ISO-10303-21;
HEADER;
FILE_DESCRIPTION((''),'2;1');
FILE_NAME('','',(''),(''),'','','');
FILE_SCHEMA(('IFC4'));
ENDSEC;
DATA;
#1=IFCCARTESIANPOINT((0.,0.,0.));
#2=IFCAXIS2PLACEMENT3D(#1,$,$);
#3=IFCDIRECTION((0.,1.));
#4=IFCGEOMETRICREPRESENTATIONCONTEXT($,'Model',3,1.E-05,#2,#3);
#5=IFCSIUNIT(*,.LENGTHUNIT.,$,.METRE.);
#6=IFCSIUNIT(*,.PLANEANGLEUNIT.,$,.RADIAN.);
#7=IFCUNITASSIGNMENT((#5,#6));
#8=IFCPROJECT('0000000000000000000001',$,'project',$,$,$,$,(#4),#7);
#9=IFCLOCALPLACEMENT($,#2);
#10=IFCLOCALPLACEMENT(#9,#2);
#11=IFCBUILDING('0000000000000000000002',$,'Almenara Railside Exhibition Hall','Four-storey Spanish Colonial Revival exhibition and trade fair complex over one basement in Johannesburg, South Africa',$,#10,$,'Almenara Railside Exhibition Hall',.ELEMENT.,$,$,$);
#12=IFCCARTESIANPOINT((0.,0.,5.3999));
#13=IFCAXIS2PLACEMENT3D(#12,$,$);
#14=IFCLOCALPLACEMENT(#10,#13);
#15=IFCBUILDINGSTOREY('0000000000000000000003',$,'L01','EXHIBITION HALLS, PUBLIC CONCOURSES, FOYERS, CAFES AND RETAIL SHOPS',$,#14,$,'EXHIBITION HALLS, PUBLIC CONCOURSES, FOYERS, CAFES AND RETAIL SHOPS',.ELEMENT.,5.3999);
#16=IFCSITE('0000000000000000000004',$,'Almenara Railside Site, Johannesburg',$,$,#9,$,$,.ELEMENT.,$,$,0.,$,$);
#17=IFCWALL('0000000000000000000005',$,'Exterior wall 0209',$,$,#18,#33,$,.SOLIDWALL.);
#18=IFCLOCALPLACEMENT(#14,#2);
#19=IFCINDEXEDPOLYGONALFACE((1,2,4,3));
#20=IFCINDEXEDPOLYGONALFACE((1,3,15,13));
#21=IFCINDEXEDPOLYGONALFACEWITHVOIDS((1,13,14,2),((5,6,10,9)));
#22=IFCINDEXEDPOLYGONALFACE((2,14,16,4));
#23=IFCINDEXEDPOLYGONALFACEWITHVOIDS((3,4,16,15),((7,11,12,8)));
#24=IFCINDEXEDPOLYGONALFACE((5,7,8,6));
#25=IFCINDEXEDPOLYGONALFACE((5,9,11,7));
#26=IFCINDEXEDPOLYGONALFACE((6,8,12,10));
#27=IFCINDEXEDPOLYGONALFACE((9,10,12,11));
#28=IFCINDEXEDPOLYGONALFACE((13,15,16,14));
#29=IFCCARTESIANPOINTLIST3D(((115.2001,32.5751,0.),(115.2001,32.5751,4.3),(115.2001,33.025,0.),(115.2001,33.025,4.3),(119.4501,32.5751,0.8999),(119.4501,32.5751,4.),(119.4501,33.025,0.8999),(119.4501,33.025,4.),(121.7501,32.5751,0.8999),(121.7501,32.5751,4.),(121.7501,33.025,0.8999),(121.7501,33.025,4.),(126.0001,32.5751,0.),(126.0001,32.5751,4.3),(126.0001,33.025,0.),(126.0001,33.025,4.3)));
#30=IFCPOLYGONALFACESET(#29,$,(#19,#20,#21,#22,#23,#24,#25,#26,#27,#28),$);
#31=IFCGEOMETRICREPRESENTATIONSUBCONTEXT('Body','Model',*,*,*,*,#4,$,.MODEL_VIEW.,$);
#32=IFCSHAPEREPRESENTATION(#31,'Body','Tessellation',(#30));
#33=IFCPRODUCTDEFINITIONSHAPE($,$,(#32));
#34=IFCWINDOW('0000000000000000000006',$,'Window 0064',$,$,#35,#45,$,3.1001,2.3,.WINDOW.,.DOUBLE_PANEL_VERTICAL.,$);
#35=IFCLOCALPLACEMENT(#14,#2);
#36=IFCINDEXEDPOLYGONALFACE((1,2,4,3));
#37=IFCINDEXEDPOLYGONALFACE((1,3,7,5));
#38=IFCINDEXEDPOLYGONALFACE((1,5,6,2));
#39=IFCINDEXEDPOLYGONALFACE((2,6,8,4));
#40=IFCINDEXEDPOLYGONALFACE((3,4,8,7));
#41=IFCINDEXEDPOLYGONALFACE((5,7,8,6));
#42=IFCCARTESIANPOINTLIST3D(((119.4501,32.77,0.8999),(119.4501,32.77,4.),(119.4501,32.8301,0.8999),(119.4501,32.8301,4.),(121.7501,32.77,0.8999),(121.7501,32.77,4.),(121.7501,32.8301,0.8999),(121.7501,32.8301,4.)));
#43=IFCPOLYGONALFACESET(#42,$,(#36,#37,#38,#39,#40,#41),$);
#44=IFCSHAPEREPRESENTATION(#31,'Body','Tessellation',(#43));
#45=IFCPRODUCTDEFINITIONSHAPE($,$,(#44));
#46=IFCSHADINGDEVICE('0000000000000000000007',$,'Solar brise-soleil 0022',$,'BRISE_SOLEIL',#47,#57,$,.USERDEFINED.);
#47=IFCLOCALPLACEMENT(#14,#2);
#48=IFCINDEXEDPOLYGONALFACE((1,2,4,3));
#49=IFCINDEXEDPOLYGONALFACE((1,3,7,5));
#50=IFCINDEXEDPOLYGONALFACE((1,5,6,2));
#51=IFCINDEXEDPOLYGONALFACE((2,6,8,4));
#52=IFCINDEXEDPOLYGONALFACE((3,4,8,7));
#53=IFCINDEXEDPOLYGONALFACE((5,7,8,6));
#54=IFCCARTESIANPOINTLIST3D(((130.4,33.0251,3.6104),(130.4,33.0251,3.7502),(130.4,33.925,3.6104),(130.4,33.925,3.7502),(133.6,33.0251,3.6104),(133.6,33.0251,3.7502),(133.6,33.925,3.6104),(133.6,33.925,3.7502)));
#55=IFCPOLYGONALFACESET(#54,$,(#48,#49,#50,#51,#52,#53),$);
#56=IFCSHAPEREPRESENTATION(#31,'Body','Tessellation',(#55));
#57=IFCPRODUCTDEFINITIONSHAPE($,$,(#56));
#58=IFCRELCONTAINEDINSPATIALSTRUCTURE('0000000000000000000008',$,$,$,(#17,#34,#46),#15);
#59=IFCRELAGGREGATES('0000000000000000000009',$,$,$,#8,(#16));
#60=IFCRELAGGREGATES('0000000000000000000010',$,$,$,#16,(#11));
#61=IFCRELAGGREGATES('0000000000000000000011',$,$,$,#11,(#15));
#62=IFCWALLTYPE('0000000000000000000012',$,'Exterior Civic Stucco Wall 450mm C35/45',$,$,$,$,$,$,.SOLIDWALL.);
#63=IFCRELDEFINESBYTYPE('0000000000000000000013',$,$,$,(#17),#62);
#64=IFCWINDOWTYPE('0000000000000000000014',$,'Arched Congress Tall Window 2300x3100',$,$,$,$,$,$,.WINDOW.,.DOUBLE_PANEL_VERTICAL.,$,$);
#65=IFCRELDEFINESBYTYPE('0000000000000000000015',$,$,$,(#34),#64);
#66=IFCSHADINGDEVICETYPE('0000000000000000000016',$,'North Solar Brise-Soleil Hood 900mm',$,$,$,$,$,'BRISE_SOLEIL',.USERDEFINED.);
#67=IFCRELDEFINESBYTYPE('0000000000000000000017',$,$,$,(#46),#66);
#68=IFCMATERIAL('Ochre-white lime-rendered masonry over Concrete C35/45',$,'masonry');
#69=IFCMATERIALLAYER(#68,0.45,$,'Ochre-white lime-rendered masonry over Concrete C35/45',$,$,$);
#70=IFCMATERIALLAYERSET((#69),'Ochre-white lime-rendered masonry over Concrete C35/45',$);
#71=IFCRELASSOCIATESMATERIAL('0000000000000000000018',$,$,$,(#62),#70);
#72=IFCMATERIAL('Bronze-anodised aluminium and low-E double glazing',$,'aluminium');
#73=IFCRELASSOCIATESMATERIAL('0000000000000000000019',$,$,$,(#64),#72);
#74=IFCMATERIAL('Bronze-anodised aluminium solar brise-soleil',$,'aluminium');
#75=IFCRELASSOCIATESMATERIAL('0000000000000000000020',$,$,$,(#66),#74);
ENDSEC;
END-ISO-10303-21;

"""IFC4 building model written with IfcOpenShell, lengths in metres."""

from ifc_helpers import new_model, si_unit, direction, frame, frame_2d, origin, origin_2d, place, context, subcontext, project, spatial, rectangle, extrude, material, layer, layer_set, type_object, element, fill, save


model = new_model("IFC4")

# Units and contexts
model_context = context("Model", 3, precision=1e-05, world=origin(), true_north=direction((0.0, 1.0)))
body_context = subcontext(model_context, "Body", "Model", "MODEL_VIEW")
ifc_project = project(units=[si_unit("LENGTHUNIT", "METRE"), si_unit("PLANEANGLEUNIT", "RADIAN")], contexts=[model_context])

# Site, building, storey
site_placement = place(None, origin())
site = spatial("IfcSite", under=ifc_project, at=site_placement, Name="Almenara Railside Site, Johannesburg", CompositionType="ELEMENT", RefElevation=0.0)
building_placement = place(site_placement, origin())
building = spatial("IfcBuilding", under=site, at=building_placement, Name="Almenara Railside Exhibition Hall", Description="Four-storey Spanish Colonial Revival exhibition and trade fair complex over one basement in Johannesburg, South Africa", LongName="Almenara Railside Exhibition Hall", CompositionType="ELEMENT")
storey_placement = place(building_placement, frame((0.0, 0.0, 5.3999)))
storey = spatial("IfcBuildingStorey", under=building, at=storey_placement, Name="L01", Description="EXHIBITION HALLS, PUBLIC CONCOURSES, FOYERS, CAFES AND RETAIL SHOPS", LongName="EXHIBITION HALLS, PUBLIC CONCOURSES, FOYERS, CAFES AND RETAIL SHOPS", CompositionType="ELEMENT", Elevation=5.3999)

# Wall, opening, window
ifc_material_1 = material(Name="Ochre-white lime-rendered masonry over Concrete C35/45", Category="masonry")
ifc_layer_1 = layer(ifc_material_1, 0.45, Name="Ochre-white lime-rendered masonry over Concrete C35/45")
ifc_layer_set_1 = layer_set([ifc_layer_1], Name="Ochre-white lime-rendered masonry over Concrete C35/45")
wall_type_1 = type_object("IfcWallType", Name="Exterior Civic Stucco Wall 450mm C35/45", PredefinedType="SOLIDWALL", material=ifc_layer_set_1)
wall_1_placement = place(storey_placement, frame((126.0, 32.8, 0.0), z_axis=(0.0, 0.0, 1.0), x_axis=(-1.0, 0.0, 0.0)))
wall_1 = element("IfcWall", 1, at=wall_1_placement, inside=storey, type_object=wall_type_1, Name="Exterior wall 0209", PredefinedType="SOLIDWALL", context=body_context, shape_type="SweptSolid", body=[
    extrude(rectangle(XDim=10.8, YDim=0.45, at=frame_2d((5.3999, 0.0))), origin(), (0.0, 0.0, 1.0), 4.3),
])
opening_1_placement = place(wall_1_placement, frame((4.25, 0.0, 0.8999)))
opening_1 = element("IfcOpeningElement", 2, at=opening_1_placement, cuts=wall_1, PredefinedType="OPENING", context=body_context, shape_type="SweptSolid", body=[
    extrude(rectangle(XDim=2.3, YDim=3.1001, at=frame_2d((1.1499, 1.55))), frame((0.0, 0.2349, 0.0), z_axis=(0.0, -1.0, 0.0), x_axis=(1.0, 0.0, 0.0)), (0.0, 0.0, 1.0), 0.47),
])
ifc_material_2 = material(Name="Bronze-anodised aluminium and low-E double glazing", Category="aluminium")
window_type = type_object("IfcWindowType", Name="Arched Congress Tall Window 2300x3100", PartitioningType="DOUBLE_PANEL_VERTICAL", PredefinedType="WINDOW", material=ifc_material_2)
window_placement = place(opening_1_placement, origin())
window = element("IfcWindow", 3, at=window_placement, inside=storey, type_object=window_type, Name="Window 0064", OverallHeight=3.1001, OverallWidth=2.3, PartitioningType="DOUBLE_PANEL_VERTICAL", PredefinedType="WINDOW", context=body_context, shape_type="SweptSolid", body=[
    extrude(rectangle(XDim=2.3, YDim=3.1001, at=frame_2d((1.1499, 1.55))), frame((0.0, 0.03, 0.0), z_axis=(0.0, -1.0, 0.0), x_axis=(1.0, 0.0, 0.0)), (0.0, 0.0, 1.0), 0.0601),
])
fill(opening_1, window)

# Shading device
ifc_material_3 = material(Name="Bronze-anodised aluminium solar brise-soleil", Category="aluminium")
shading_device_type = type_object("IfcShadingDeviceType", Name="North Solar Brise-Soleil Hood 900mm", ElementType="BRISE_SOLEIL", PredefinedType="USERDEFINED", material=ifc_material_3)
shading_device_placement = place(storey_placement, frame((132.0, 33.4751, 3.6104), z_axis=(0.0, 0.0, 1.0), x_axis=(-1.0, 0.0, 0.0)))
element("IfcShadingDevice", 4, at=shading_device_placement, inside=storey, type_object=shading_device_type, Name="Solar brise-soleil 0022", ObjectType="BRISE_SOLEIL", PredefinedType="USERDEFINED", context=body_context, shape_type="SweptSolid", body=[
    extrude(rectangle(XDim=3.2, YDim=0.8999, at=origin_2d()), origin(), (0.0, 0.0, 1.0), 0.1399),
])

save(model, "model.ifc")
